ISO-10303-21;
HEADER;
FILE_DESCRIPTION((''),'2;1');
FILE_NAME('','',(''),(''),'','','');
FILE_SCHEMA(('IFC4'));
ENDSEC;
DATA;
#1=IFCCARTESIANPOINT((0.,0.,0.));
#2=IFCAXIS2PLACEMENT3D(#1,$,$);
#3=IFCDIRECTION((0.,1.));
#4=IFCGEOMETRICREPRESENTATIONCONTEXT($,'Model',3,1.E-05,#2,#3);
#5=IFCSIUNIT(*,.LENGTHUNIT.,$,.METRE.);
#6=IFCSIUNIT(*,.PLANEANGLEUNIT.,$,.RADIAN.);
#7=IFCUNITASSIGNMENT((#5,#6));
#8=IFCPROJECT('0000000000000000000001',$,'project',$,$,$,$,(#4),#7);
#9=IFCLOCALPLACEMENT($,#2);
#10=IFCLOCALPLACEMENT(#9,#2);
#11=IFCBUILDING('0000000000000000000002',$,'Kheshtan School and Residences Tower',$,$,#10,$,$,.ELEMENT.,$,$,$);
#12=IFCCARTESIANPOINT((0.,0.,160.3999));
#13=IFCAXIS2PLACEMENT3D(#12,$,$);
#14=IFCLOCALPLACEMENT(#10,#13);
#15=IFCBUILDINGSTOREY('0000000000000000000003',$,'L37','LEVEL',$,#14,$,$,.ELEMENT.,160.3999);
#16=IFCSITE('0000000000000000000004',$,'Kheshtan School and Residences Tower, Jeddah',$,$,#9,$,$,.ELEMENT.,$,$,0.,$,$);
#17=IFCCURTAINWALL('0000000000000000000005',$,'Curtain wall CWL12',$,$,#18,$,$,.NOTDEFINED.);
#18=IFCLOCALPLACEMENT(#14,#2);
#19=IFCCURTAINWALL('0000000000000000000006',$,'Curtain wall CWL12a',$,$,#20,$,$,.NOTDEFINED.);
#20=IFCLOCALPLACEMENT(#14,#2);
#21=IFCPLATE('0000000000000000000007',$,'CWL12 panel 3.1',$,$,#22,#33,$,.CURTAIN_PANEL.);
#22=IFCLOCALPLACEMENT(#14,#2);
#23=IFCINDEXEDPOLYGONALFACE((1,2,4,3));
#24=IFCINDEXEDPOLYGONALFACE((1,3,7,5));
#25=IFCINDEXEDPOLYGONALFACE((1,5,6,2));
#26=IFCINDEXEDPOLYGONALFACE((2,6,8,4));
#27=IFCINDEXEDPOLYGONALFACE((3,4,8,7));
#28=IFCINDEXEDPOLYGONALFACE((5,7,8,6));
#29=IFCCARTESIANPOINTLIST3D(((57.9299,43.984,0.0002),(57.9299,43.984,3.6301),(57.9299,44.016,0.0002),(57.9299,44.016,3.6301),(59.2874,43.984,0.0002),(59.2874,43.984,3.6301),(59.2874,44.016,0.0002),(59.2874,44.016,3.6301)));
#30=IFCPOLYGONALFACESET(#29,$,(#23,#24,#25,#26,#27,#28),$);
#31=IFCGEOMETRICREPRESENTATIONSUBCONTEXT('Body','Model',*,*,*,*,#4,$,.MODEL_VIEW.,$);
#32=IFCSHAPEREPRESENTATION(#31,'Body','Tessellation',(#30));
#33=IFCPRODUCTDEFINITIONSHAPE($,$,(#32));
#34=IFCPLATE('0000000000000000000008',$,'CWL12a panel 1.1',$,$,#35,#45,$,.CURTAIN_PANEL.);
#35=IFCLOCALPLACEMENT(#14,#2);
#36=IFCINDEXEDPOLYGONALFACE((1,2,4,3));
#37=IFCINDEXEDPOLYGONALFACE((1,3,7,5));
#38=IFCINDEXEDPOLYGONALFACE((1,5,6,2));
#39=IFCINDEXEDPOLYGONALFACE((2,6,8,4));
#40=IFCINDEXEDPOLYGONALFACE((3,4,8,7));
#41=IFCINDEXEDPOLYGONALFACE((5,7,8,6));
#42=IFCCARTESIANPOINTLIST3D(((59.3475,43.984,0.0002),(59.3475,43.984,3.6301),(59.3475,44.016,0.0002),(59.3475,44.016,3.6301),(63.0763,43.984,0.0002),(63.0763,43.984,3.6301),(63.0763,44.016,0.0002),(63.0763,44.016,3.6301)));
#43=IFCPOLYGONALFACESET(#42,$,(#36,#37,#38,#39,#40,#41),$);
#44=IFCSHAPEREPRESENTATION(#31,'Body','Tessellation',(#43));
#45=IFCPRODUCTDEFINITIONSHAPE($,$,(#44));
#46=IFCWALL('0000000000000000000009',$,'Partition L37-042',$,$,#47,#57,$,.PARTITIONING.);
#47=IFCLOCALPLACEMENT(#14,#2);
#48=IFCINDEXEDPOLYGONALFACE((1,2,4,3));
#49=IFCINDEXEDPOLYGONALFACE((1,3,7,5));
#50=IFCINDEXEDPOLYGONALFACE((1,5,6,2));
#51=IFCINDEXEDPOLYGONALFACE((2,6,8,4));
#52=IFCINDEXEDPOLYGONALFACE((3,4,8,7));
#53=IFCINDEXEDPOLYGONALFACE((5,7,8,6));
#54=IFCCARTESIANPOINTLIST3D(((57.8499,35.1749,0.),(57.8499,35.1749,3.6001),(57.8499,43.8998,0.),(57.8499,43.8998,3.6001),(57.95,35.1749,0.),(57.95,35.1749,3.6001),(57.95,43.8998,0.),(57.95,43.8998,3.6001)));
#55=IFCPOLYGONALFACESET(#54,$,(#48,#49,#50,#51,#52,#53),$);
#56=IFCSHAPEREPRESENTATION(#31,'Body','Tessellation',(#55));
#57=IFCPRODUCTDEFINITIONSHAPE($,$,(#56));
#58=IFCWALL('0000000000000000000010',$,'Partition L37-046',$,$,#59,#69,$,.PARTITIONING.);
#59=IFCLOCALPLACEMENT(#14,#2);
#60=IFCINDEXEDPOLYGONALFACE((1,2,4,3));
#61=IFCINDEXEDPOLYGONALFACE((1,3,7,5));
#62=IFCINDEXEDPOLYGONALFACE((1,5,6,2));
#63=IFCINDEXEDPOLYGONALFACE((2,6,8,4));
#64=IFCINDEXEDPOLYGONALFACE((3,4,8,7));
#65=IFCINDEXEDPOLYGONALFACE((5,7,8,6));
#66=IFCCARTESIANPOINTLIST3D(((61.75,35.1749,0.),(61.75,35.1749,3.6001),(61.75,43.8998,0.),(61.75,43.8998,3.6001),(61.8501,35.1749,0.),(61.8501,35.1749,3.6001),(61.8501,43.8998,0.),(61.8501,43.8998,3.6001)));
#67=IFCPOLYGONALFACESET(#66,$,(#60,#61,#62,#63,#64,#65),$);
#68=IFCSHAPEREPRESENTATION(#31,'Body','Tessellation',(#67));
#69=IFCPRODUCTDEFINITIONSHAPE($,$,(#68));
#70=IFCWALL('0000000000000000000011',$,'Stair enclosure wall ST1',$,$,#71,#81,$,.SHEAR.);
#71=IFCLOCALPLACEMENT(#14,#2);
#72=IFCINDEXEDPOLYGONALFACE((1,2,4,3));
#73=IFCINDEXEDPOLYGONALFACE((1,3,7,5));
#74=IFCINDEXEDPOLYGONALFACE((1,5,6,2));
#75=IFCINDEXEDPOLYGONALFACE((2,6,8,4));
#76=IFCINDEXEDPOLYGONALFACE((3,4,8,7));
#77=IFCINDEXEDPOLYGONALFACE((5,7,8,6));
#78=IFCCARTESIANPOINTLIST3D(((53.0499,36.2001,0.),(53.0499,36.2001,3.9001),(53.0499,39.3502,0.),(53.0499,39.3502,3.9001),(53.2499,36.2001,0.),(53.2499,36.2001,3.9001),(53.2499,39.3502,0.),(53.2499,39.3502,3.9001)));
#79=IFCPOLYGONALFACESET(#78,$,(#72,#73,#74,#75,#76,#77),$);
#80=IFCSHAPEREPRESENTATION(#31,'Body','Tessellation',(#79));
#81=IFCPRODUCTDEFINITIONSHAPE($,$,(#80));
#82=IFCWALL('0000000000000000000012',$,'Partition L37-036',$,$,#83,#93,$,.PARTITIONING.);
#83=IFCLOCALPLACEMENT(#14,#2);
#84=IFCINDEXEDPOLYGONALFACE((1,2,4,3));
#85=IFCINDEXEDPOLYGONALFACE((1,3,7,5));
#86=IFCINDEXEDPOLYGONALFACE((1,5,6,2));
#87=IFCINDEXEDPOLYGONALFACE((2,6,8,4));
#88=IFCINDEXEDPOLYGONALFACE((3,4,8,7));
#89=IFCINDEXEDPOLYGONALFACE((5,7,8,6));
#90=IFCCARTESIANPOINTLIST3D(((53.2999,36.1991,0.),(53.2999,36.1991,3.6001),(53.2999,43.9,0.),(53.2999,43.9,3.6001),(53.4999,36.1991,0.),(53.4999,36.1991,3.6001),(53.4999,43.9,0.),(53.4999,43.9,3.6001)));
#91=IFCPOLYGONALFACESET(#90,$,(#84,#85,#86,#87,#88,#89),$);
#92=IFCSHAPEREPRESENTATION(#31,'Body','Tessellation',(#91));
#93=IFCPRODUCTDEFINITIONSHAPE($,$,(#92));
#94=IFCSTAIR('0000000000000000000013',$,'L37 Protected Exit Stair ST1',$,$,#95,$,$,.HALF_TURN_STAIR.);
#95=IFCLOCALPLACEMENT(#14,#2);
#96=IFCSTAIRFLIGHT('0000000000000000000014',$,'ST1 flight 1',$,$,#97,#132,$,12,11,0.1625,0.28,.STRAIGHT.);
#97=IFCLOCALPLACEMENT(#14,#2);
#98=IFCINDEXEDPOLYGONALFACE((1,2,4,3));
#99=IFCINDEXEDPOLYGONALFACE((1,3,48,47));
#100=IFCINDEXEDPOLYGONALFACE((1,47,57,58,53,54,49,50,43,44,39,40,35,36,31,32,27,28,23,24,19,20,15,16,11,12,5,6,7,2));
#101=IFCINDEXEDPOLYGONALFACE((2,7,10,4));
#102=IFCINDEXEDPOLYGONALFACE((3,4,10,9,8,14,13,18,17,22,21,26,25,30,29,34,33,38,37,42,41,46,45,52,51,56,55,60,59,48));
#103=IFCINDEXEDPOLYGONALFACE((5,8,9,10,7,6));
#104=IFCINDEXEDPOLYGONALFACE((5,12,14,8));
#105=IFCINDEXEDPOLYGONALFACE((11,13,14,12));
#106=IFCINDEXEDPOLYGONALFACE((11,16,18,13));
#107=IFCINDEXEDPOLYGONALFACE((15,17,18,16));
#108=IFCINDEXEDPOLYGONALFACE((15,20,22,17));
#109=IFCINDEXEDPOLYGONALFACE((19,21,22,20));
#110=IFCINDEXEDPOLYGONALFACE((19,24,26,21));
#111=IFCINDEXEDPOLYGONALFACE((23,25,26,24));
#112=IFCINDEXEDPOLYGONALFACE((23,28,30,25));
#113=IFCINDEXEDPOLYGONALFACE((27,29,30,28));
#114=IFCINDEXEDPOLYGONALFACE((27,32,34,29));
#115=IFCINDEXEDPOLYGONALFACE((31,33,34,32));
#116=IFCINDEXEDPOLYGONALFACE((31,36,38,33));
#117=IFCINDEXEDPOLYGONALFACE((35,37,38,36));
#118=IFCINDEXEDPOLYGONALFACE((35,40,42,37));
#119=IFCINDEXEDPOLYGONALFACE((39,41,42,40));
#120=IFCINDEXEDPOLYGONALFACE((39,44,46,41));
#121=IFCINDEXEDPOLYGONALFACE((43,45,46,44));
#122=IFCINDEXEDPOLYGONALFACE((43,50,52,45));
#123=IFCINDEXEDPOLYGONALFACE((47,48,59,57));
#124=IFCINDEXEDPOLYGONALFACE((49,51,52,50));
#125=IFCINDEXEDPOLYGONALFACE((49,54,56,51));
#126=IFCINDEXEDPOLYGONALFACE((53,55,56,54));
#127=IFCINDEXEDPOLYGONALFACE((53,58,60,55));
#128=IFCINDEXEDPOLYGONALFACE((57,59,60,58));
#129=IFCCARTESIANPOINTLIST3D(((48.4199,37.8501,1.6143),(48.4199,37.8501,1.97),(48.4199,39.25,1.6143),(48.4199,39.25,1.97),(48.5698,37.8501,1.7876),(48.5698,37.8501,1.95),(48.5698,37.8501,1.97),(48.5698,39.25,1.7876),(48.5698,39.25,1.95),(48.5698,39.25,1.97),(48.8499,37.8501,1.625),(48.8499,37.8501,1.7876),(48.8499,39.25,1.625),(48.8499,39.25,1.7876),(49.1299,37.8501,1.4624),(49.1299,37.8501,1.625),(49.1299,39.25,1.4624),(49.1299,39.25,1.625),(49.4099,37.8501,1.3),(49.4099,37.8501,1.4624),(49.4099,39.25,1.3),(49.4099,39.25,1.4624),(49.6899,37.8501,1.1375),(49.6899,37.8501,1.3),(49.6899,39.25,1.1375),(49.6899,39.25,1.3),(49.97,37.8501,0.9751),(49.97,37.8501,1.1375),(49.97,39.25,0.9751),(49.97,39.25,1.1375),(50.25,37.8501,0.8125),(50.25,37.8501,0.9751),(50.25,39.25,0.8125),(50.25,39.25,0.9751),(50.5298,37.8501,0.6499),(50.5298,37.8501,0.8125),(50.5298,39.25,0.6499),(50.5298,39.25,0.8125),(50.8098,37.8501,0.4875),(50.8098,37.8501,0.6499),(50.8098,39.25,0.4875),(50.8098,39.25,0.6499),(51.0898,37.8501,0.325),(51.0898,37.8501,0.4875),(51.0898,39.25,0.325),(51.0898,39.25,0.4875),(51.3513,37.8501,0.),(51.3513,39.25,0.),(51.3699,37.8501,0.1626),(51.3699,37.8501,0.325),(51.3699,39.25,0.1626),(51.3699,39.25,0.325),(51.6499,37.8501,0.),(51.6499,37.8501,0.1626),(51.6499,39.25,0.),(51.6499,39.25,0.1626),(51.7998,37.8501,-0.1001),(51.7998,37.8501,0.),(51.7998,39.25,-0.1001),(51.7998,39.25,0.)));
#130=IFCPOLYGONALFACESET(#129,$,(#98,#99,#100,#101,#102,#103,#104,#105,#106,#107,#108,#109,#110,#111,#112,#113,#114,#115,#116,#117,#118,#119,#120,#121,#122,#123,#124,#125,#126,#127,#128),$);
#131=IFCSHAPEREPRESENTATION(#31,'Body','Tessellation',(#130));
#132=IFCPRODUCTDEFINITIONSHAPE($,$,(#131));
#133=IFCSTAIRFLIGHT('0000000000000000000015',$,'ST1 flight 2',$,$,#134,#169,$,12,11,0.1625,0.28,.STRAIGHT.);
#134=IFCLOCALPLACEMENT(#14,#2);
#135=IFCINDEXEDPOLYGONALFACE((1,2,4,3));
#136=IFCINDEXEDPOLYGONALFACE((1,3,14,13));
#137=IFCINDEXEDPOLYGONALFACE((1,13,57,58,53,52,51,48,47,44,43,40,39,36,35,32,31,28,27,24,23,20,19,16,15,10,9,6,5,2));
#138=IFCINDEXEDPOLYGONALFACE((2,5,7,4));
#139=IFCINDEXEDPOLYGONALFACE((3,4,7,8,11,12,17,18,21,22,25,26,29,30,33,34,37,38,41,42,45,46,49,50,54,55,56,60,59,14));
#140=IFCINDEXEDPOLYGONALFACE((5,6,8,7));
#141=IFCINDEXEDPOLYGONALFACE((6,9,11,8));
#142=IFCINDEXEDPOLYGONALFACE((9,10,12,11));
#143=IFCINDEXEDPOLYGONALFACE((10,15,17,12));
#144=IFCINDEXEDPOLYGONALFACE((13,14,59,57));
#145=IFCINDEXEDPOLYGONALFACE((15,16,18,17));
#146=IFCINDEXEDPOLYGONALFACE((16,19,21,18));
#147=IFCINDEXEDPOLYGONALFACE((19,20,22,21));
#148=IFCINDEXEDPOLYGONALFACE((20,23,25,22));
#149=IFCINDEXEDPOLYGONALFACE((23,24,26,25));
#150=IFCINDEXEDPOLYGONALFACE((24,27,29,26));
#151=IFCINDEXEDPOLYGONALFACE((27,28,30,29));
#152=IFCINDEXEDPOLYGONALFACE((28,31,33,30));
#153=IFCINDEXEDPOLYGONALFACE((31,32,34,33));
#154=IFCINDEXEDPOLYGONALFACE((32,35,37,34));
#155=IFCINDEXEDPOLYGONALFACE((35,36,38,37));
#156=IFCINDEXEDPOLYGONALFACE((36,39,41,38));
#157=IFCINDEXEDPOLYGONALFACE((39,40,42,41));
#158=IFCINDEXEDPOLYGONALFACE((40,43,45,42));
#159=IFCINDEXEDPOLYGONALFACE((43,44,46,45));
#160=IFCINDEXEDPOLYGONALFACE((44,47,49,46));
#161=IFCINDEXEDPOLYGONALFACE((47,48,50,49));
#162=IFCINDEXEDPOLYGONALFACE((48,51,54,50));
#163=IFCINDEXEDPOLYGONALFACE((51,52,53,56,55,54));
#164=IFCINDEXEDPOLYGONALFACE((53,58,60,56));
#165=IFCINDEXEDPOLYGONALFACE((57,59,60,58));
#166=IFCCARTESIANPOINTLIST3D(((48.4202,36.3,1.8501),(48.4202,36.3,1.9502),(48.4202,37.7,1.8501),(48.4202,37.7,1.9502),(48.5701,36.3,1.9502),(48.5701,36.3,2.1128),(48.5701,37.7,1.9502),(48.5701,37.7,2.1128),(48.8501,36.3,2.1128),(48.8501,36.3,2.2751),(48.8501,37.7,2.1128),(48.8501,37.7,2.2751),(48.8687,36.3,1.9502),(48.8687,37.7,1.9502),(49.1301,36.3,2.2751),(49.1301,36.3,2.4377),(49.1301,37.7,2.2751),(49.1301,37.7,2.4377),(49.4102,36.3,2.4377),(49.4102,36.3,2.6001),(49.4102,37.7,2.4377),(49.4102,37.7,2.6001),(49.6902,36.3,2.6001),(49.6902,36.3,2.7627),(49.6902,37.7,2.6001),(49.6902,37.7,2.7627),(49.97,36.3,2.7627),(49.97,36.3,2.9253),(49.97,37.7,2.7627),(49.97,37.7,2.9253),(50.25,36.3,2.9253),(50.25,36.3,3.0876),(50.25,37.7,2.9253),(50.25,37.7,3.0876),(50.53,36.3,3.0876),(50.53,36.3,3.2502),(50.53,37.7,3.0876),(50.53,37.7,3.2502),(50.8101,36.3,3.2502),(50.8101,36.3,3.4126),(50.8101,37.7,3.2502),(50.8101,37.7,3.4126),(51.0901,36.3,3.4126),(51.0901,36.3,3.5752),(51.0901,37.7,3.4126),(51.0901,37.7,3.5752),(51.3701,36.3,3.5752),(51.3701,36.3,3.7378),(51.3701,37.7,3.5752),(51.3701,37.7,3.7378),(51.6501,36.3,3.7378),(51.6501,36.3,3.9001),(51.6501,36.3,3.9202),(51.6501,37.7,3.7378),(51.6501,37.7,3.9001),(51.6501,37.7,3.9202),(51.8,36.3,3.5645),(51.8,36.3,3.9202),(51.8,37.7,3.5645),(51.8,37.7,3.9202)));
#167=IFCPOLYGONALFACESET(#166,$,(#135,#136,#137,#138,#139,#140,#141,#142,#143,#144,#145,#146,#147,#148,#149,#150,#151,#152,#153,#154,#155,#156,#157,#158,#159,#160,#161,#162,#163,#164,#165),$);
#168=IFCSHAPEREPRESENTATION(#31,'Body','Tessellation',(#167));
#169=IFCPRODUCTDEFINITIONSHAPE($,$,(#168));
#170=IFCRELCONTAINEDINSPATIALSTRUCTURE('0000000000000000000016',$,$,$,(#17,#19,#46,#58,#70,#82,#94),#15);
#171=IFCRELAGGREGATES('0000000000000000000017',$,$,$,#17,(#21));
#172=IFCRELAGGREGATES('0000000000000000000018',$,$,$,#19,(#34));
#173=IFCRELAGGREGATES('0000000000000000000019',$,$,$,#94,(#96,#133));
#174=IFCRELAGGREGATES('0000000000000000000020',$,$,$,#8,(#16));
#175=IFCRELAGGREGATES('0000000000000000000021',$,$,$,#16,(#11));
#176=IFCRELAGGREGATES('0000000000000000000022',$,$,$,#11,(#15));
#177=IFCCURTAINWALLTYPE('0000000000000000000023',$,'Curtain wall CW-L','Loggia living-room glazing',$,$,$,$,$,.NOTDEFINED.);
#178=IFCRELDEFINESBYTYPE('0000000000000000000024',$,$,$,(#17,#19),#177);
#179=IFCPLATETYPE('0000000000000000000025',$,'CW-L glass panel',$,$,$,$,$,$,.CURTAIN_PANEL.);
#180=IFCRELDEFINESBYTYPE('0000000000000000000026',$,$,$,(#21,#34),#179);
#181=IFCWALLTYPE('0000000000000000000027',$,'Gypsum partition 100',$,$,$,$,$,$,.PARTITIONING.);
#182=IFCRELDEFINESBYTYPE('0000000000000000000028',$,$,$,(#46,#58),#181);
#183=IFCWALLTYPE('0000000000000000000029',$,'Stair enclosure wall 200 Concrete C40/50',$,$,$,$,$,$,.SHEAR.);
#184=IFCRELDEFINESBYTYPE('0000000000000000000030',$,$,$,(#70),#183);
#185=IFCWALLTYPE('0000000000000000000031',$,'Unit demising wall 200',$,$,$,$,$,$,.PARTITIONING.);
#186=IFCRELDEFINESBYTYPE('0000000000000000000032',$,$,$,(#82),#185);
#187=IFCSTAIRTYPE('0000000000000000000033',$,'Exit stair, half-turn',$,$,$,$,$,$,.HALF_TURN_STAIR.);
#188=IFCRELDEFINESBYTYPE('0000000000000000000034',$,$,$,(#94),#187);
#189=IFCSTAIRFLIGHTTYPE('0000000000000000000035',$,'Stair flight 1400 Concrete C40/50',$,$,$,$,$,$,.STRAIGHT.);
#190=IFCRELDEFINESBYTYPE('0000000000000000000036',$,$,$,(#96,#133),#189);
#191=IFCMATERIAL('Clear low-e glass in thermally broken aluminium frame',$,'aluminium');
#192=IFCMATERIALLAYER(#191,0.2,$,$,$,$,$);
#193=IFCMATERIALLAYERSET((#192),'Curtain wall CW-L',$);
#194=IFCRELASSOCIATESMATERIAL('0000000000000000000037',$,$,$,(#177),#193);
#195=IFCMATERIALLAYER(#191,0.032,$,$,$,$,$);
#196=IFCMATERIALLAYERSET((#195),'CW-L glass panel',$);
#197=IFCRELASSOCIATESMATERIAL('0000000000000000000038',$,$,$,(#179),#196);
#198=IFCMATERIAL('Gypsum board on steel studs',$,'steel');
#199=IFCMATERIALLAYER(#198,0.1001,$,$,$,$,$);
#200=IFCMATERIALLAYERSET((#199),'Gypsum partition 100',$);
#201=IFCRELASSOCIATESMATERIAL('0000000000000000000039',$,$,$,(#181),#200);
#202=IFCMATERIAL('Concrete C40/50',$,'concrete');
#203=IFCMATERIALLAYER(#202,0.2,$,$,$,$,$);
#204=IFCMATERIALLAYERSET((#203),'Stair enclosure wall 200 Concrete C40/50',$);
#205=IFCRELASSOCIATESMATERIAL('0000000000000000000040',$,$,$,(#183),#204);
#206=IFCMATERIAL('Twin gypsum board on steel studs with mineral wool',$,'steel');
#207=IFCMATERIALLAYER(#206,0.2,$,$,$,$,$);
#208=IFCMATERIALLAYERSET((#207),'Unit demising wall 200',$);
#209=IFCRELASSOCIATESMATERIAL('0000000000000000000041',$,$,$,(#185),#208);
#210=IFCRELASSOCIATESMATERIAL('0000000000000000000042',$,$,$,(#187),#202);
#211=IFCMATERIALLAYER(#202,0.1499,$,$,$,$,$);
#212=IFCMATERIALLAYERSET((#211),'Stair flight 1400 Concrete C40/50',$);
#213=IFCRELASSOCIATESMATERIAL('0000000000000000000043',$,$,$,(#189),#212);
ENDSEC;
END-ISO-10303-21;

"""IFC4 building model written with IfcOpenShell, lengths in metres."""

from ifc_helpers import new_model, si_unit, direction, frame, frame_2d, origin, origin_2d, place, context, subcontext, project, spatial, polyline, rectangle, outline, extrude, material, layer, layer_set, type_object, element, aggregate, save


model = new_model("IFC4")

# Units and contexts
model_context = context("Model", 3, precision=1e-05, world=origin(), true_north=direction((0.0, 1.0)))
body_context = subcontext(model_context, "Body", "Model", "MODEL_VIEW")
ifc_project = project(units=[si_unit("LENGTHUNIT", "METRE"), si_unit("PLANEANGLEUNIT", "RADIAN")], contexts=[model_context])

# Site, building, storey
site_placement = place(None, origin())
site = spatial("IfcSite", under=ifc_project, at=site_placement, Name="Kheshtan School and Residences Tower, Jeddah", CompositionType="ELEMENT", RefElevation=0.0)
building_placement = place(site_placement, origin())
building = spatial("IfcBuilding", under=site, at=building_placement, Name="Kheshtan School and Residences Tower", CompositionType="ELEMENT")
storey_placement = place(building_placement, frame((0.0, 0.0, 160.3999)))
storey = spatial("IfcBuildingStorey", under=building, at=storey_placement, Name="L37", Description="LEVEL", CompositionType="ELEMENT", Elevation=160.3999)

# Curtain wall
ifc_material_1 = material(Name="Clear low-e glass in thermally broken aluminium frame", Category="aluminium")
ifc_layer_1 = layer(ifc_material_1, 0.2)
ifc_layer_set_1 = layer_set([ifc_layer_1], Name="Curtain wall CW-L")
curtain_wall_type = type_object("IfcCurtainWallType", Name="Curtain wall CW-L", Description="Loggia living-room glazing", PredefinedType="NOTDEFINED", material=ifc_layer_set_1)
curtain_wall_1_placement = place(storey_placement, origin())
curtain_wall_1 = element("IfcCurtainWall", 1, at=curtain_wall_1_placement, inside=storey, type_object=curtain_wall_type, Name="Curtain wall CWL12", PredefinedType="NOTDEFINED")

# Curtain wall
curtain_wall_2_placement = place(storey_placement, origin())
curtain_wall_2 = element("IfcCurtainWall", 2, at=curtain_wall_2_placement, inside=storey, type_object=curtain_wall_type, Name="Curtain wall CWL12a", PredefinedType="NOTDEFINED")

# Plates
ifc_layer_2 = layer(ifc_material_1, 0.032)
ifc_layer_set_2 = layer_set([ifc_layer_2], Name="CW-L glass panel")
plate_type = type_object("IfcPlateType", Name="CW-L glass panel", PredefinedType="CURTAIN_PANEL", material=ifc_layer_set_2)
plate_1_placement = place(storey_placement, frame((58.6086, 44.0, 0.0002), z_axis=(0.0, 0.0, 1.0), x_axis=(1.0, 0.0, 0.0)))
plate_1 = element("IfcPlate", 3, at=plate_1_placement, type_object=plate_type, Name="CWL12 panel 3.1", PredefinedType="CURTAIN_PANEL", context=body_context, shape_type="SweptSolid", body=[
    extrude(rectangle(XDim=1.3574, YDim=0.032, at=origin_2d()), origin(), (0.0, 0.0, 1.0), 3.6299),
])
aggregate(curtain_wall_1, [plate_1])
plate_2_placement = place(storey_placement, frame((61.2119, 44.0, 0.0002), z_axis=(0.0, 0.0, 1.0), x_axis=(1.0, 0.0, 0.0)))
plate_2 = element("IfcPlate", 4, at=plate_2_placement, type_object=plate_type, Name="CWL12a panel 1.1", PredefinedType="CURTAIN_PANEL", context=body_context, shape_type="SweptSolid", body=[
    extrude(rectangle(XDim=3.7288, YDim=0.032, at=origin_2d()), origin(), (0.0, 0.0, 1.0), 3.6299),
])
aggregate(curtain_wall_2, [plate_2])

# Walls
ifc_material_2 = material(Name="Gypsum board on steel studs", Category="steel")
ifc_layer_3 = layer(ifc_material_2, 0.1001)
ifc_layer_set_3 = layer_set([ifc_layer_3], Name="Gypsum partition 100")
wall_type_1 = type_object("IfcWallType", Name="Gypsum partition 100", PredefinedType="PARTITIONING", material=ifc_layer_set_3)
for number, where, z_axis, x_axis, name in (
    (5, (57.8999, 35.175, 0.0), (0.0, 0.0, 1.0), (0.0, 1.0, 0.0), "Partition L37-042"),
    (6, (61.8, 35.175, 0.0), (0.0, 0.0, 1.0), (0.0, 1.0, 0.0), "Partition L37-046"),
):
    element("IfcWall", number, at=place(storey_placement, frame(where, z_axis=z_axis, x_axis=x_axis)), inside=storey, type_object=wall_type_1, Name=name, PredefinedType="PARTITIONING", context=body_context, shape_type="SweptSolid", body=[
        extrude(rectangle(XDim=8.7249, YDim=0.1001, at=frame_2d((4.3623, 0.0))), origin(), (0.0, 0.0, 1.0), 3.6001),
    ])
ifc_material_3 = material(Name="Concrete C40/50", Category="concrete")
ifc_layer_4 = layer(ifc_material_3, 0.2)
ifc_layer_set_4 = layer_set([ifc_layer_4], Name="Stair enclosure wall 200 Concrete C40/50")
wall_type_2 = type_object("IfcWallType", Name="Stair enclosure wall 200 Concrete C40/50", PredefinedType="SHEAR", material=ifc_layer_set_4)
wall_1_placement = place(storey_placement, frame((53.1499, 36.2, 0.0), z_axis=(0.0, 0.0, 1.0), x_axis=(0.0, 1.0, 0.0)))
element("IfcWall", 7, at=wall_1_placement, inside=storey, type_object=wall_type_2, Name="Stair enclosure wall ST1", PredefinedType="SHEAR", context=body_context, shape_type="SweptSolid", body=[
    extrude(rectangle(XDim=3.1501, YDim=0.2, at=frame_2d((1.5752, 0.0))), origin(), (0.0, 0.0, 1.0), 3.9001),
])
ifc_material_4 = material(Name="Twin gypsum board on steel studs with mineral wool", Category="steel")
ifc_layer_5 = layer(ifc_material_4, 0.2)
ifc_layer_set_5 = layer_set([ifc_layer_5], Name="Unit demising wall 200")
wall_type_3 = type_object("IfcWallType", Name="Unit demising wall 200", PredefinedType="PARTITIONING", material=ifc_layer_set_5)
wall_2_placement = place(storey_placement, frame((53.3999, 36.199, 0.0), z_axis=(0.0, 0.0, 1.0), x_axis=(0.0, 1.0, 0.0)))
element("IfcWall", 8, at=wall_2_placement, inside=storey, type_object=wall_type_3, Name="Partition L37-036", PredefinedType="PARTITIONING", context=body_context, shape_type="SweptSolid", body=[
    extrude(rectangle(XDim=7.7009, YDim=0.2, at=frame_2d((3.8506, 0.0))), origin(), (0.0, 0.0, 1.0), 3.6001),
])

# Stair, stair flights
stair_type = type_object("IfcStairType", Name="Exit stair, half-turn", PredefinedType="HALF_TURN_STAIR", material=ifc_material_3)
stair_placement = place(storey_placement, origin())
stair = element("IfcStair", 9, at=stair_placement, inside=storey, type_object=stair_type, Name="L37 Protected Exit Stair ST1", PredefinedType="HALF_TURN_STAIR")
ifc_layer_6 = layer(ifc_material_3, 0.1499)
ifc_layer_set_6 = layer_set([ifc_layer_6], Name="Stair flight 1400 Concrete C40/50")
stair_flight_type = type_object("IfcStairFlightType", Name="Stair flight 1400 Concrete C40/50", PredefinedType="STRAIGHT", material=ifc_layer_set_6)
stair_flight_1_placement = place(storey_placement, frame((51.6499, 38.55, 0.0), z_axis=(0.0, 0.0, 1.0), x_axis=(-1.0, 0.0, 0.0)))
stair_flight_1 = element("IfcStairFlight", 10, at=stair_flight_1_placement, type_object=stair_flight_type, Name="ST1 flight 1", NumberOfRisers=12, NumberOfTreads=11, PredefinedType="STRAIGHT", RiserHeight=0.1625, TreadLength=0.28, context=body_context, shape_type="SweptSolid", body=[
    extrude(outline(polyline([(-0.1499, -0.1001), (-0.1499, 0.0), (0.0, 0.0), (0.0, 0.1626), (0.28, 0.1626), (0.28, 0.325), (0.5601, 0.325), (0.5601, 0.4875), (0.8401, 0.4875), (0.8401, 0.6499), (1.1201, 0.6499), (1.1201, 0.8125), (1.3999, 0.8125), (1.3999, 0.9751), (1.6799, 0.9751), (1.6799, 1.1375), (1.96, 1.1375), (1.96, 1.3), (2.24, 1.3), (2.24, 1.4624), (2.52, 1.4624), (2.52, 1.625), (2.8, 1.625), (2.8, 1.7876), (3.0801, 1.7876), (3.0801, 1.95), (3.0801, 1.97), (3.23, 1.97), (3.23, 1.6143), (0.2986, 0.0), (-0.1499, -0.1001)])), frame((0.0, 0.7, 0.0), z_axis=(0.0, -1.0, 0.0), x_axis=(1.0, 0.0, 0.0)), (0.0, 0.0, 1.0), 1.3999),
])
stair_flight_2_placement = place(storey_placement, frame((48.5701, 37.0, 1.9502), z_axis=(0.0, 0.0, 1.0), x_axis=(1.0, 0.0, 0.0)))
stair_flight_2 = element("IfcStairFlight", 11, at=stair_flight_2_placement, type_object=stair_flight_type, Name="ST1 flight 2", NumberOfRisers=12, NumberOfTreads=11, PredefinedType="STRAIGHT", RiserHeight=0.1625, TreadLength=0.28, context=body_context, shape_type="SweptSolid", body=[
    extrude(outline(polyline([(-0.1499, -0.1001), (-0.1499, 0.0), (0.0, 0.0), (0.0, 0.1626), (0.28, 0.1626), (0.28, 0.325), (0.5601, 0.325), (0.5601, 0.4875), (0.8401, 0.4875), (0.8401, 0.6499), (1.1201, 0.6499), (1.1201, 0.8125), (1.3999, 0.8125), (1.3999, 0.9751), (1.6799, 0.9751), (1.6799, 1.1375), (1.96, 1.1375), (1.96, 1.3), (2.24, 1.3), (2.24, 1.4624), (2.52, 1.4624), (2.52, 1.625), (2.8, 1.625), (2.8, 1.7876), (3.0801, 1.7876), (3.0801, 1.95), (3.0801, 1.97), (3.23, 1.97), (3.23, 1.6143), (0.2986, 0.0), (-0.1499, -0.1001)])), frame((0.0, 0.7, 0.0), z_axis=(0.0, -1.0, 0.0), x_axis=(1.0, 0.0, 0.0)), (0.0, 0.0, 1.0), 1.3999),
])
aggregate(stair, [stair_flight_1, stair_flight_2])

save(model, "model.ifc")
